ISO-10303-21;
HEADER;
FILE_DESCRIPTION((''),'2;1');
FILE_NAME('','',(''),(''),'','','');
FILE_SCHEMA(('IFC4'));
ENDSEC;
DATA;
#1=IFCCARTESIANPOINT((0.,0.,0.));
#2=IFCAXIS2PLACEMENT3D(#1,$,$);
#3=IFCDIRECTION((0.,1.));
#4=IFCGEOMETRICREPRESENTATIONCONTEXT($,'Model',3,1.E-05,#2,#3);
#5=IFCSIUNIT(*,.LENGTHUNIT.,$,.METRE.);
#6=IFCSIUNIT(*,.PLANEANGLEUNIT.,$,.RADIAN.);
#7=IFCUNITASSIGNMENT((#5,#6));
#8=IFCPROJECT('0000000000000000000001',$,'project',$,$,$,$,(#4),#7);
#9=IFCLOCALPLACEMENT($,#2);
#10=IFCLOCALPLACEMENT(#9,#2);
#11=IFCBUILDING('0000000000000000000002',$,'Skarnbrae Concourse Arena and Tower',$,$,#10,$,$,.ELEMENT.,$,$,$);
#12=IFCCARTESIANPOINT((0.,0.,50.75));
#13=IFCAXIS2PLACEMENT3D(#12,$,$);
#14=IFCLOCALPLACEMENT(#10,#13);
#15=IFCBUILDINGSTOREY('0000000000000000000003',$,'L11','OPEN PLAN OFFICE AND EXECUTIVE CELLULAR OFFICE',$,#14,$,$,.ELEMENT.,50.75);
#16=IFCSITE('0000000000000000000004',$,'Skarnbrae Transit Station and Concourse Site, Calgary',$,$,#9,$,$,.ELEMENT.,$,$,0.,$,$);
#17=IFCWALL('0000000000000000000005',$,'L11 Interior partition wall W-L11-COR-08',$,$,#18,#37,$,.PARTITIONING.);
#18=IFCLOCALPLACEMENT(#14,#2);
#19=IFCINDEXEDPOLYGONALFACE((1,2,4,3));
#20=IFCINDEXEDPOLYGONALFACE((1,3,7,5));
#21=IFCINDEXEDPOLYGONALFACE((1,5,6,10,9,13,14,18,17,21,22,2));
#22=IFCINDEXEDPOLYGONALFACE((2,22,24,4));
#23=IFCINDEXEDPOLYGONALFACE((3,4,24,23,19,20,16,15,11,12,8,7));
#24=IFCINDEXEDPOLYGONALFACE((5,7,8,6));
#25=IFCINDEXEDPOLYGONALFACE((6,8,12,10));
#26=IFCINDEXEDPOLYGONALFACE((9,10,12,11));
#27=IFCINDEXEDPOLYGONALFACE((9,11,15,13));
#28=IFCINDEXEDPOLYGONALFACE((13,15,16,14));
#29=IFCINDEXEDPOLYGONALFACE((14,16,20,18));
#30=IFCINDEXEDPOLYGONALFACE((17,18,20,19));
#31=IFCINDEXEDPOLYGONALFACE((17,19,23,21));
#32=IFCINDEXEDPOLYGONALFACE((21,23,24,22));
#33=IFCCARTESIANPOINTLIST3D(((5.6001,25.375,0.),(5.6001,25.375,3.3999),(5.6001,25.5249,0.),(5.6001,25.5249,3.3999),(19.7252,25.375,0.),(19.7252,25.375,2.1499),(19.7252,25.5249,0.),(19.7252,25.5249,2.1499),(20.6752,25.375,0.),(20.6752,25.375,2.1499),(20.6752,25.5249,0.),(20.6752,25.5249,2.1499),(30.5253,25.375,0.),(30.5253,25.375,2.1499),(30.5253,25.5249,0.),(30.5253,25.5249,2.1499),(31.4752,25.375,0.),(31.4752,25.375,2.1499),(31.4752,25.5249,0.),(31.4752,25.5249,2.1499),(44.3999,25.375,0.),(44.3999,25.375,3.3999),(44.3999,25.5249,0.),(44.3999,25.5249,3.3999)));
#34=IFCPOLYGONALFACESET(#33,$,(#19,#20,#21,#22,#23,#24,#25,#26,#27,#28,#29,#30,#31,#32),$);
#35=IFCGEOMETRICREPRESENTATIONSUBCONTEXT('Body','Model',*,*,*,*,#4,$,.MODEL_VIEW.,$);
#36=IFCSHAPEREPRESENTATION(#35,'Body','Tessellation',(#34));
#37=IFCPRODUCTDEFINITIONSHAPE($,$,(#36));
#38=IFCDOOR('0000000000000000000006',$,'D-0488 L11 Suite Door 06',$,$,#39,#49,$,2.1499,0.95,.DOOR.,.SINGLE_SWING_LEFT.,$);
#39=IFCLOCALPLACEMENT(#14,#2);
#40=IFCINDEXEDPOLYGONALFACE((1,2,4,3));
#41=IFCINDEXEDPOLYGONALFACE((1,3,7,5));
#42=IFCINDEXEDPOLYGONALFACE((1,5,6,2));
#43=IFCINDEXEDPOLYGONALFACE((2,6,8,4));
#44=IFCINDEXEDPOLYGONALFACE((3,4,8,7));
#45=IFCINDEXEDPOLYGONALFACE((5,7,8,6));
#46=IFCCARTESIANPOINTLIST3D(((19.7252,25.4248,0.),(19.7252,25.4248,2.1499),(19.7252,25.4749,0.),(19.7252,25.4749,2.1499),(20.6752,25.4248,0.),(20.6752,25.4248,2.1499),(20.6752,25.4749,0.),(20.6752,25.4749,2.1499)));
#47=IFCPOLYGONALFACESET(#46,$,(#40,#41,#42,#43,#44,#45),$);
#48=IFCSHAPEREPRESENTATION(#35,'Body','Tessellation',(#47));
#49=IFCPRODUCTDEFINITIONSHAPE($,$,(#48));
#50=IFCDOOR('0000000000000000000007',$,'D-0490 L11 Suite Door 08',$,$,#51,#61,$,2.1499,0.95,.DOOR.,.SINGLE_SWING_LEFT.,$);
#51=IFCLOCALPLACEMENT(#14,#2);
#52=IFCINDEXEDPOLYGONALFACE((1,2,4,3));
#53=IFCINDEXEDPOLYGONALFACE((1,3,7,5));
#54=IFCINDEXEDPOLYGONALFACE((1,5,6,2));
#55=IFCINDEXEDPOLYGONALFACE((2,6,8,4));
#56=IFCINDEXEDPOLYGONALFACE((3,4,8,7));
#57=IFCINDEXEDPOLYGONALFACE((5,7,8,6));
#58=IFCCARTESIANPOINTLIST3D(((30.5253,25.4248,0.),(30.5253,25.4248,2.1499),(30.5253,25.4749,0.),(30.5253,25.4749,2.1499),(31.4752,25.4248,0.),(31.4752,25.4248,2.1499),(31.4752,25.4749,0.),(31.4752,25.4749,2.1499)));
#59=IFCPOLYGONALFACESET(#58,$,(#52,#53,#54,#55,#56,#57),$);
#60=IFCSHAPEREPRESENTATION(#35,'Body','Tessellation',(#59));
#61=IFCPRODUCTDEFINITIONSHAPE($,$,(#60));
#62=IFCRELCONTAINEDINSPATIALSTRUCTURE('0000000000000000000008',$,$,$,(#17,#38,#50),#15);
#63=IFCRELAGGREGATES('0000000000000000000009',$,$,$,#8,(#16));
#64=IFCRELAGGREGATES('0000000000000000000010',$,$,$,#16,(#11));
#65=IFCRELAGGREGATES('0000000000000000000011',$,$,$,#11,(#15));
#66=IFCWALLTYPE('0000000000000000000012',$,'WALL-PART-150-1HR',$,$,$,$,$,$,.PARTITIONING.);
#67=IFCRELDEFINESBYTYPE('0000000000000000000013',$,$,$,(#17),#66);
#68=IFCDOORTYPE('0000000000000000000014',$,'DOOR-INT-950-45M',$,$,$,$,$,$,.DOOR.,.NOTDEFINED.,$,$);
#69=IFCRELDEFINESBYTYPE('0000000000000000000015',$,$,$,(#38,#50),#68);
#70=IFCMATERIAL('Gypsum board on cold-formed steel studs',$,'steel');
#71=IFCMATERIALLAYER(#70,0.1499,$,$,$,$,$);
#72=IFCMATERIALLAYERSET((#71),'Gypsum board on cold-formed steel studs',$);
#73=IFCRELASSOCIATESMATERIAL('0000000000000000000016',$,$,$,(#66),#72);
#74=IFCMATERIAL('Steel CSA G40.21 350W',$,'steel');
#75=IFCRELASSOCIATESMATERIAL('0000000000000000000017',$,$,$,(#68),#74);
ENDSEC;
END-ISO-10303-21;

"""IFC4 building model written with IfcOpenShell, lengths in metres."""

from ifc_helpers import new_model, si_unit, direction, frame, frame_2d, origin, place, context, subcontext, project, spatial, rectangle, extrude, source, transform, mapped, material, layer, layer_set, type_object, element, fill, save


model = new_model("IFC4")

# Units and contexts
model_context = context("Model", 3, precision=1e-05, world=origin(), true_north=direction((0.0, 1.0)))
body_context = subcontext(model_context, "Body", "Model", "MODEL_VIEW")
ifc_project = project(units=[si_unit("LENGTHUNIT", "METRE"), si_unit("PLANEANGLEUNIT", "RADIAN")], contexts=[model_context])

# Site, building, storey
site_placement = place(None, origin())
site = spatial("IfcSite", under=ifc_project, at=site_placement, Name="Skarnbrae Transit Station and Concourse Site, Calgary", CompositionType="ELEMENT", RefElevation=0.0)
building_placement = place(site_placement, origin())
building = spatial("IfcBuilding", under=site, at=building_placement, Name="Skarnbrae Concourse Arena and Tower", CompositionType="ELEMENT")
storey_placement = place(building_placement, frame((0.0, 0.0, 50.75)))
storey = spatial("IfcBuildingStorey", under=building, at=storey_placement, Name="L11", Description="OPEN PLAN OFFICE AND EXECUTIVE CELLULAR OFFICE", CompositionType="ELEMENT", Elevation=50.75)

# Shared definitions
ifc_material_1 = material(Name="Steel CSA G40.21 350W", Category="steel")

# Shared definitions
ifc_material_2 = material(Name="Gypsum board on cold-formed steel studs", Category="steel")
ifc_layer_1 = layer(ifc_material_2, 0.1499)
ifc_layer_set_1 = layer_set([ifc_layer_1], Name="Gypsum board on cold-formed steel studs")
wall_type = type_object("IfcWallType", Name="WALL-PART-150-1HR", PredefinedType="PARTITIONING", material=ifc_layer_set_1)

# Shared definitions
door_type = type_object("IfcDoorType", Name="DOOR-INT-950-45M", OperationType="NOTDEFINED", PredefinedType="DOOR", material=ifc_material_1)
shared_shape_1 = source(origin(), body_context, "Body", "SweptSolid", [
    extrude(rectangle(XDim=0.95, YDim=2.1499, at=frame_2d((0.4751, 1.075))), frame((0.0, 0.0249, 0.0), z_axis=(0.0, -1.0, 0.0), x_axis=(1.0, 0.0, 0.0)), (0.0, 0.0, 1.0), 0.05),
])

# Wall, openings, doors
shared_shape_2 = source(origin(), body_context, "Body", "SweptSolid", [
    extrude(rectangle(XDim=38.7998, YDim=0.1499, at=frame_2d((19.3999, 0.0))), origin(), (0.0, 0.0, 1.0), 3.3999),
])
wall_1_placement = place(storey_placement, frame((5.6001, 25.45, 0.0), z_axis=(0.0, 0.0, 1.0), x_axis=(1.0, 0.0, 0.0)))
wall_1 = element("IfcWall", 1, at=wall_1_placement, inside=storey, type_object=wall_type, Name="L11 Interior partition wall W-L11-COR-08", PredefinedType="PARTITIONING", context=body_context, shape_type="MappedRepresentation", body=[
    mapped(shared_shape_2, transform((0.0, 0.0, 0.0))),
])
opening_1_placement = place(wall_1_placement, frame((14.125, 0.0, 0.0)))
opening_1 = element("IfcOpeningElement", 2, at=opening_1_placement, cuts=wall_1, PredefinedType="OPENING", context=body_context, shape_type="SweptSolid", body=[
    extrude(rectangle(XDim=0.95, YDim=2.1499, at=frame_2d((0.4751, 1.075))), frame((0.0, 0.085, 0.0), z_axis=(0.0, -1.0, 0.0), x_axis=(1.0, 0.0, 0.0)), (0.0, 0.0, 1.0), 0.1699),
])
opening_2_placement = place(wall_1_placement, frame((24.925, 0.0, 0.0)))
opening_2 = element("IfcOpeningElement", 3, at=opening_2_placement, cuts=wall_1, PredefinedType="OPENING", context=body_context, shape_type="SweptSolid", body=[
    extrude(rectangle(XDim=0.95, YDim=2.1499, at=frame_2d((0.4751, 1.075))), frame((0.0, 0.085, 0.0), z_axis=(0.0, -1.0, 0.0), x_axis=(1.0, 0.0, 0.0)), (0.0, 0.0, 1.0), 0.1699),
])
door_1_placement = place(opening_1_placement, origin())
door_1 = element("IfcDoor", 4, at=door_1_placement, inside=storey, type_object=door_type, Name="D-0488 L11 Suite Door 06", OperationType="SINGLE_SWING_LEFT", OverallHeight=2.1499, OverallWidth=0.95, PredefinedType="DOOR", context=body_context, shape_type="MappedRepresentation", body=[
    mapped(shared_shape_1, transform((0.0, 0.0, 0.0))),
])
fill(opening_1, door_1)
door_2_placement = place(opening_2_placement, origin())
door_2 = element("IfcDoor", 5, at=door_2_placement, inside=storey, type_object=door_type, Name="D-0490 L11 Suite Door 08", OperationType="SINGLE_SWING_LEFT", OverallHeight=2.1499, OverallWidth=0.95, PredefinedType="DOOR", context=body_context, shape_type="MappedRepresentation", body=[
    mapped(shared_shape_1, transform((0.0, 0.0, 0.0))),
])
fill(opening_2, door_2)

save(model, "model.ifc")
